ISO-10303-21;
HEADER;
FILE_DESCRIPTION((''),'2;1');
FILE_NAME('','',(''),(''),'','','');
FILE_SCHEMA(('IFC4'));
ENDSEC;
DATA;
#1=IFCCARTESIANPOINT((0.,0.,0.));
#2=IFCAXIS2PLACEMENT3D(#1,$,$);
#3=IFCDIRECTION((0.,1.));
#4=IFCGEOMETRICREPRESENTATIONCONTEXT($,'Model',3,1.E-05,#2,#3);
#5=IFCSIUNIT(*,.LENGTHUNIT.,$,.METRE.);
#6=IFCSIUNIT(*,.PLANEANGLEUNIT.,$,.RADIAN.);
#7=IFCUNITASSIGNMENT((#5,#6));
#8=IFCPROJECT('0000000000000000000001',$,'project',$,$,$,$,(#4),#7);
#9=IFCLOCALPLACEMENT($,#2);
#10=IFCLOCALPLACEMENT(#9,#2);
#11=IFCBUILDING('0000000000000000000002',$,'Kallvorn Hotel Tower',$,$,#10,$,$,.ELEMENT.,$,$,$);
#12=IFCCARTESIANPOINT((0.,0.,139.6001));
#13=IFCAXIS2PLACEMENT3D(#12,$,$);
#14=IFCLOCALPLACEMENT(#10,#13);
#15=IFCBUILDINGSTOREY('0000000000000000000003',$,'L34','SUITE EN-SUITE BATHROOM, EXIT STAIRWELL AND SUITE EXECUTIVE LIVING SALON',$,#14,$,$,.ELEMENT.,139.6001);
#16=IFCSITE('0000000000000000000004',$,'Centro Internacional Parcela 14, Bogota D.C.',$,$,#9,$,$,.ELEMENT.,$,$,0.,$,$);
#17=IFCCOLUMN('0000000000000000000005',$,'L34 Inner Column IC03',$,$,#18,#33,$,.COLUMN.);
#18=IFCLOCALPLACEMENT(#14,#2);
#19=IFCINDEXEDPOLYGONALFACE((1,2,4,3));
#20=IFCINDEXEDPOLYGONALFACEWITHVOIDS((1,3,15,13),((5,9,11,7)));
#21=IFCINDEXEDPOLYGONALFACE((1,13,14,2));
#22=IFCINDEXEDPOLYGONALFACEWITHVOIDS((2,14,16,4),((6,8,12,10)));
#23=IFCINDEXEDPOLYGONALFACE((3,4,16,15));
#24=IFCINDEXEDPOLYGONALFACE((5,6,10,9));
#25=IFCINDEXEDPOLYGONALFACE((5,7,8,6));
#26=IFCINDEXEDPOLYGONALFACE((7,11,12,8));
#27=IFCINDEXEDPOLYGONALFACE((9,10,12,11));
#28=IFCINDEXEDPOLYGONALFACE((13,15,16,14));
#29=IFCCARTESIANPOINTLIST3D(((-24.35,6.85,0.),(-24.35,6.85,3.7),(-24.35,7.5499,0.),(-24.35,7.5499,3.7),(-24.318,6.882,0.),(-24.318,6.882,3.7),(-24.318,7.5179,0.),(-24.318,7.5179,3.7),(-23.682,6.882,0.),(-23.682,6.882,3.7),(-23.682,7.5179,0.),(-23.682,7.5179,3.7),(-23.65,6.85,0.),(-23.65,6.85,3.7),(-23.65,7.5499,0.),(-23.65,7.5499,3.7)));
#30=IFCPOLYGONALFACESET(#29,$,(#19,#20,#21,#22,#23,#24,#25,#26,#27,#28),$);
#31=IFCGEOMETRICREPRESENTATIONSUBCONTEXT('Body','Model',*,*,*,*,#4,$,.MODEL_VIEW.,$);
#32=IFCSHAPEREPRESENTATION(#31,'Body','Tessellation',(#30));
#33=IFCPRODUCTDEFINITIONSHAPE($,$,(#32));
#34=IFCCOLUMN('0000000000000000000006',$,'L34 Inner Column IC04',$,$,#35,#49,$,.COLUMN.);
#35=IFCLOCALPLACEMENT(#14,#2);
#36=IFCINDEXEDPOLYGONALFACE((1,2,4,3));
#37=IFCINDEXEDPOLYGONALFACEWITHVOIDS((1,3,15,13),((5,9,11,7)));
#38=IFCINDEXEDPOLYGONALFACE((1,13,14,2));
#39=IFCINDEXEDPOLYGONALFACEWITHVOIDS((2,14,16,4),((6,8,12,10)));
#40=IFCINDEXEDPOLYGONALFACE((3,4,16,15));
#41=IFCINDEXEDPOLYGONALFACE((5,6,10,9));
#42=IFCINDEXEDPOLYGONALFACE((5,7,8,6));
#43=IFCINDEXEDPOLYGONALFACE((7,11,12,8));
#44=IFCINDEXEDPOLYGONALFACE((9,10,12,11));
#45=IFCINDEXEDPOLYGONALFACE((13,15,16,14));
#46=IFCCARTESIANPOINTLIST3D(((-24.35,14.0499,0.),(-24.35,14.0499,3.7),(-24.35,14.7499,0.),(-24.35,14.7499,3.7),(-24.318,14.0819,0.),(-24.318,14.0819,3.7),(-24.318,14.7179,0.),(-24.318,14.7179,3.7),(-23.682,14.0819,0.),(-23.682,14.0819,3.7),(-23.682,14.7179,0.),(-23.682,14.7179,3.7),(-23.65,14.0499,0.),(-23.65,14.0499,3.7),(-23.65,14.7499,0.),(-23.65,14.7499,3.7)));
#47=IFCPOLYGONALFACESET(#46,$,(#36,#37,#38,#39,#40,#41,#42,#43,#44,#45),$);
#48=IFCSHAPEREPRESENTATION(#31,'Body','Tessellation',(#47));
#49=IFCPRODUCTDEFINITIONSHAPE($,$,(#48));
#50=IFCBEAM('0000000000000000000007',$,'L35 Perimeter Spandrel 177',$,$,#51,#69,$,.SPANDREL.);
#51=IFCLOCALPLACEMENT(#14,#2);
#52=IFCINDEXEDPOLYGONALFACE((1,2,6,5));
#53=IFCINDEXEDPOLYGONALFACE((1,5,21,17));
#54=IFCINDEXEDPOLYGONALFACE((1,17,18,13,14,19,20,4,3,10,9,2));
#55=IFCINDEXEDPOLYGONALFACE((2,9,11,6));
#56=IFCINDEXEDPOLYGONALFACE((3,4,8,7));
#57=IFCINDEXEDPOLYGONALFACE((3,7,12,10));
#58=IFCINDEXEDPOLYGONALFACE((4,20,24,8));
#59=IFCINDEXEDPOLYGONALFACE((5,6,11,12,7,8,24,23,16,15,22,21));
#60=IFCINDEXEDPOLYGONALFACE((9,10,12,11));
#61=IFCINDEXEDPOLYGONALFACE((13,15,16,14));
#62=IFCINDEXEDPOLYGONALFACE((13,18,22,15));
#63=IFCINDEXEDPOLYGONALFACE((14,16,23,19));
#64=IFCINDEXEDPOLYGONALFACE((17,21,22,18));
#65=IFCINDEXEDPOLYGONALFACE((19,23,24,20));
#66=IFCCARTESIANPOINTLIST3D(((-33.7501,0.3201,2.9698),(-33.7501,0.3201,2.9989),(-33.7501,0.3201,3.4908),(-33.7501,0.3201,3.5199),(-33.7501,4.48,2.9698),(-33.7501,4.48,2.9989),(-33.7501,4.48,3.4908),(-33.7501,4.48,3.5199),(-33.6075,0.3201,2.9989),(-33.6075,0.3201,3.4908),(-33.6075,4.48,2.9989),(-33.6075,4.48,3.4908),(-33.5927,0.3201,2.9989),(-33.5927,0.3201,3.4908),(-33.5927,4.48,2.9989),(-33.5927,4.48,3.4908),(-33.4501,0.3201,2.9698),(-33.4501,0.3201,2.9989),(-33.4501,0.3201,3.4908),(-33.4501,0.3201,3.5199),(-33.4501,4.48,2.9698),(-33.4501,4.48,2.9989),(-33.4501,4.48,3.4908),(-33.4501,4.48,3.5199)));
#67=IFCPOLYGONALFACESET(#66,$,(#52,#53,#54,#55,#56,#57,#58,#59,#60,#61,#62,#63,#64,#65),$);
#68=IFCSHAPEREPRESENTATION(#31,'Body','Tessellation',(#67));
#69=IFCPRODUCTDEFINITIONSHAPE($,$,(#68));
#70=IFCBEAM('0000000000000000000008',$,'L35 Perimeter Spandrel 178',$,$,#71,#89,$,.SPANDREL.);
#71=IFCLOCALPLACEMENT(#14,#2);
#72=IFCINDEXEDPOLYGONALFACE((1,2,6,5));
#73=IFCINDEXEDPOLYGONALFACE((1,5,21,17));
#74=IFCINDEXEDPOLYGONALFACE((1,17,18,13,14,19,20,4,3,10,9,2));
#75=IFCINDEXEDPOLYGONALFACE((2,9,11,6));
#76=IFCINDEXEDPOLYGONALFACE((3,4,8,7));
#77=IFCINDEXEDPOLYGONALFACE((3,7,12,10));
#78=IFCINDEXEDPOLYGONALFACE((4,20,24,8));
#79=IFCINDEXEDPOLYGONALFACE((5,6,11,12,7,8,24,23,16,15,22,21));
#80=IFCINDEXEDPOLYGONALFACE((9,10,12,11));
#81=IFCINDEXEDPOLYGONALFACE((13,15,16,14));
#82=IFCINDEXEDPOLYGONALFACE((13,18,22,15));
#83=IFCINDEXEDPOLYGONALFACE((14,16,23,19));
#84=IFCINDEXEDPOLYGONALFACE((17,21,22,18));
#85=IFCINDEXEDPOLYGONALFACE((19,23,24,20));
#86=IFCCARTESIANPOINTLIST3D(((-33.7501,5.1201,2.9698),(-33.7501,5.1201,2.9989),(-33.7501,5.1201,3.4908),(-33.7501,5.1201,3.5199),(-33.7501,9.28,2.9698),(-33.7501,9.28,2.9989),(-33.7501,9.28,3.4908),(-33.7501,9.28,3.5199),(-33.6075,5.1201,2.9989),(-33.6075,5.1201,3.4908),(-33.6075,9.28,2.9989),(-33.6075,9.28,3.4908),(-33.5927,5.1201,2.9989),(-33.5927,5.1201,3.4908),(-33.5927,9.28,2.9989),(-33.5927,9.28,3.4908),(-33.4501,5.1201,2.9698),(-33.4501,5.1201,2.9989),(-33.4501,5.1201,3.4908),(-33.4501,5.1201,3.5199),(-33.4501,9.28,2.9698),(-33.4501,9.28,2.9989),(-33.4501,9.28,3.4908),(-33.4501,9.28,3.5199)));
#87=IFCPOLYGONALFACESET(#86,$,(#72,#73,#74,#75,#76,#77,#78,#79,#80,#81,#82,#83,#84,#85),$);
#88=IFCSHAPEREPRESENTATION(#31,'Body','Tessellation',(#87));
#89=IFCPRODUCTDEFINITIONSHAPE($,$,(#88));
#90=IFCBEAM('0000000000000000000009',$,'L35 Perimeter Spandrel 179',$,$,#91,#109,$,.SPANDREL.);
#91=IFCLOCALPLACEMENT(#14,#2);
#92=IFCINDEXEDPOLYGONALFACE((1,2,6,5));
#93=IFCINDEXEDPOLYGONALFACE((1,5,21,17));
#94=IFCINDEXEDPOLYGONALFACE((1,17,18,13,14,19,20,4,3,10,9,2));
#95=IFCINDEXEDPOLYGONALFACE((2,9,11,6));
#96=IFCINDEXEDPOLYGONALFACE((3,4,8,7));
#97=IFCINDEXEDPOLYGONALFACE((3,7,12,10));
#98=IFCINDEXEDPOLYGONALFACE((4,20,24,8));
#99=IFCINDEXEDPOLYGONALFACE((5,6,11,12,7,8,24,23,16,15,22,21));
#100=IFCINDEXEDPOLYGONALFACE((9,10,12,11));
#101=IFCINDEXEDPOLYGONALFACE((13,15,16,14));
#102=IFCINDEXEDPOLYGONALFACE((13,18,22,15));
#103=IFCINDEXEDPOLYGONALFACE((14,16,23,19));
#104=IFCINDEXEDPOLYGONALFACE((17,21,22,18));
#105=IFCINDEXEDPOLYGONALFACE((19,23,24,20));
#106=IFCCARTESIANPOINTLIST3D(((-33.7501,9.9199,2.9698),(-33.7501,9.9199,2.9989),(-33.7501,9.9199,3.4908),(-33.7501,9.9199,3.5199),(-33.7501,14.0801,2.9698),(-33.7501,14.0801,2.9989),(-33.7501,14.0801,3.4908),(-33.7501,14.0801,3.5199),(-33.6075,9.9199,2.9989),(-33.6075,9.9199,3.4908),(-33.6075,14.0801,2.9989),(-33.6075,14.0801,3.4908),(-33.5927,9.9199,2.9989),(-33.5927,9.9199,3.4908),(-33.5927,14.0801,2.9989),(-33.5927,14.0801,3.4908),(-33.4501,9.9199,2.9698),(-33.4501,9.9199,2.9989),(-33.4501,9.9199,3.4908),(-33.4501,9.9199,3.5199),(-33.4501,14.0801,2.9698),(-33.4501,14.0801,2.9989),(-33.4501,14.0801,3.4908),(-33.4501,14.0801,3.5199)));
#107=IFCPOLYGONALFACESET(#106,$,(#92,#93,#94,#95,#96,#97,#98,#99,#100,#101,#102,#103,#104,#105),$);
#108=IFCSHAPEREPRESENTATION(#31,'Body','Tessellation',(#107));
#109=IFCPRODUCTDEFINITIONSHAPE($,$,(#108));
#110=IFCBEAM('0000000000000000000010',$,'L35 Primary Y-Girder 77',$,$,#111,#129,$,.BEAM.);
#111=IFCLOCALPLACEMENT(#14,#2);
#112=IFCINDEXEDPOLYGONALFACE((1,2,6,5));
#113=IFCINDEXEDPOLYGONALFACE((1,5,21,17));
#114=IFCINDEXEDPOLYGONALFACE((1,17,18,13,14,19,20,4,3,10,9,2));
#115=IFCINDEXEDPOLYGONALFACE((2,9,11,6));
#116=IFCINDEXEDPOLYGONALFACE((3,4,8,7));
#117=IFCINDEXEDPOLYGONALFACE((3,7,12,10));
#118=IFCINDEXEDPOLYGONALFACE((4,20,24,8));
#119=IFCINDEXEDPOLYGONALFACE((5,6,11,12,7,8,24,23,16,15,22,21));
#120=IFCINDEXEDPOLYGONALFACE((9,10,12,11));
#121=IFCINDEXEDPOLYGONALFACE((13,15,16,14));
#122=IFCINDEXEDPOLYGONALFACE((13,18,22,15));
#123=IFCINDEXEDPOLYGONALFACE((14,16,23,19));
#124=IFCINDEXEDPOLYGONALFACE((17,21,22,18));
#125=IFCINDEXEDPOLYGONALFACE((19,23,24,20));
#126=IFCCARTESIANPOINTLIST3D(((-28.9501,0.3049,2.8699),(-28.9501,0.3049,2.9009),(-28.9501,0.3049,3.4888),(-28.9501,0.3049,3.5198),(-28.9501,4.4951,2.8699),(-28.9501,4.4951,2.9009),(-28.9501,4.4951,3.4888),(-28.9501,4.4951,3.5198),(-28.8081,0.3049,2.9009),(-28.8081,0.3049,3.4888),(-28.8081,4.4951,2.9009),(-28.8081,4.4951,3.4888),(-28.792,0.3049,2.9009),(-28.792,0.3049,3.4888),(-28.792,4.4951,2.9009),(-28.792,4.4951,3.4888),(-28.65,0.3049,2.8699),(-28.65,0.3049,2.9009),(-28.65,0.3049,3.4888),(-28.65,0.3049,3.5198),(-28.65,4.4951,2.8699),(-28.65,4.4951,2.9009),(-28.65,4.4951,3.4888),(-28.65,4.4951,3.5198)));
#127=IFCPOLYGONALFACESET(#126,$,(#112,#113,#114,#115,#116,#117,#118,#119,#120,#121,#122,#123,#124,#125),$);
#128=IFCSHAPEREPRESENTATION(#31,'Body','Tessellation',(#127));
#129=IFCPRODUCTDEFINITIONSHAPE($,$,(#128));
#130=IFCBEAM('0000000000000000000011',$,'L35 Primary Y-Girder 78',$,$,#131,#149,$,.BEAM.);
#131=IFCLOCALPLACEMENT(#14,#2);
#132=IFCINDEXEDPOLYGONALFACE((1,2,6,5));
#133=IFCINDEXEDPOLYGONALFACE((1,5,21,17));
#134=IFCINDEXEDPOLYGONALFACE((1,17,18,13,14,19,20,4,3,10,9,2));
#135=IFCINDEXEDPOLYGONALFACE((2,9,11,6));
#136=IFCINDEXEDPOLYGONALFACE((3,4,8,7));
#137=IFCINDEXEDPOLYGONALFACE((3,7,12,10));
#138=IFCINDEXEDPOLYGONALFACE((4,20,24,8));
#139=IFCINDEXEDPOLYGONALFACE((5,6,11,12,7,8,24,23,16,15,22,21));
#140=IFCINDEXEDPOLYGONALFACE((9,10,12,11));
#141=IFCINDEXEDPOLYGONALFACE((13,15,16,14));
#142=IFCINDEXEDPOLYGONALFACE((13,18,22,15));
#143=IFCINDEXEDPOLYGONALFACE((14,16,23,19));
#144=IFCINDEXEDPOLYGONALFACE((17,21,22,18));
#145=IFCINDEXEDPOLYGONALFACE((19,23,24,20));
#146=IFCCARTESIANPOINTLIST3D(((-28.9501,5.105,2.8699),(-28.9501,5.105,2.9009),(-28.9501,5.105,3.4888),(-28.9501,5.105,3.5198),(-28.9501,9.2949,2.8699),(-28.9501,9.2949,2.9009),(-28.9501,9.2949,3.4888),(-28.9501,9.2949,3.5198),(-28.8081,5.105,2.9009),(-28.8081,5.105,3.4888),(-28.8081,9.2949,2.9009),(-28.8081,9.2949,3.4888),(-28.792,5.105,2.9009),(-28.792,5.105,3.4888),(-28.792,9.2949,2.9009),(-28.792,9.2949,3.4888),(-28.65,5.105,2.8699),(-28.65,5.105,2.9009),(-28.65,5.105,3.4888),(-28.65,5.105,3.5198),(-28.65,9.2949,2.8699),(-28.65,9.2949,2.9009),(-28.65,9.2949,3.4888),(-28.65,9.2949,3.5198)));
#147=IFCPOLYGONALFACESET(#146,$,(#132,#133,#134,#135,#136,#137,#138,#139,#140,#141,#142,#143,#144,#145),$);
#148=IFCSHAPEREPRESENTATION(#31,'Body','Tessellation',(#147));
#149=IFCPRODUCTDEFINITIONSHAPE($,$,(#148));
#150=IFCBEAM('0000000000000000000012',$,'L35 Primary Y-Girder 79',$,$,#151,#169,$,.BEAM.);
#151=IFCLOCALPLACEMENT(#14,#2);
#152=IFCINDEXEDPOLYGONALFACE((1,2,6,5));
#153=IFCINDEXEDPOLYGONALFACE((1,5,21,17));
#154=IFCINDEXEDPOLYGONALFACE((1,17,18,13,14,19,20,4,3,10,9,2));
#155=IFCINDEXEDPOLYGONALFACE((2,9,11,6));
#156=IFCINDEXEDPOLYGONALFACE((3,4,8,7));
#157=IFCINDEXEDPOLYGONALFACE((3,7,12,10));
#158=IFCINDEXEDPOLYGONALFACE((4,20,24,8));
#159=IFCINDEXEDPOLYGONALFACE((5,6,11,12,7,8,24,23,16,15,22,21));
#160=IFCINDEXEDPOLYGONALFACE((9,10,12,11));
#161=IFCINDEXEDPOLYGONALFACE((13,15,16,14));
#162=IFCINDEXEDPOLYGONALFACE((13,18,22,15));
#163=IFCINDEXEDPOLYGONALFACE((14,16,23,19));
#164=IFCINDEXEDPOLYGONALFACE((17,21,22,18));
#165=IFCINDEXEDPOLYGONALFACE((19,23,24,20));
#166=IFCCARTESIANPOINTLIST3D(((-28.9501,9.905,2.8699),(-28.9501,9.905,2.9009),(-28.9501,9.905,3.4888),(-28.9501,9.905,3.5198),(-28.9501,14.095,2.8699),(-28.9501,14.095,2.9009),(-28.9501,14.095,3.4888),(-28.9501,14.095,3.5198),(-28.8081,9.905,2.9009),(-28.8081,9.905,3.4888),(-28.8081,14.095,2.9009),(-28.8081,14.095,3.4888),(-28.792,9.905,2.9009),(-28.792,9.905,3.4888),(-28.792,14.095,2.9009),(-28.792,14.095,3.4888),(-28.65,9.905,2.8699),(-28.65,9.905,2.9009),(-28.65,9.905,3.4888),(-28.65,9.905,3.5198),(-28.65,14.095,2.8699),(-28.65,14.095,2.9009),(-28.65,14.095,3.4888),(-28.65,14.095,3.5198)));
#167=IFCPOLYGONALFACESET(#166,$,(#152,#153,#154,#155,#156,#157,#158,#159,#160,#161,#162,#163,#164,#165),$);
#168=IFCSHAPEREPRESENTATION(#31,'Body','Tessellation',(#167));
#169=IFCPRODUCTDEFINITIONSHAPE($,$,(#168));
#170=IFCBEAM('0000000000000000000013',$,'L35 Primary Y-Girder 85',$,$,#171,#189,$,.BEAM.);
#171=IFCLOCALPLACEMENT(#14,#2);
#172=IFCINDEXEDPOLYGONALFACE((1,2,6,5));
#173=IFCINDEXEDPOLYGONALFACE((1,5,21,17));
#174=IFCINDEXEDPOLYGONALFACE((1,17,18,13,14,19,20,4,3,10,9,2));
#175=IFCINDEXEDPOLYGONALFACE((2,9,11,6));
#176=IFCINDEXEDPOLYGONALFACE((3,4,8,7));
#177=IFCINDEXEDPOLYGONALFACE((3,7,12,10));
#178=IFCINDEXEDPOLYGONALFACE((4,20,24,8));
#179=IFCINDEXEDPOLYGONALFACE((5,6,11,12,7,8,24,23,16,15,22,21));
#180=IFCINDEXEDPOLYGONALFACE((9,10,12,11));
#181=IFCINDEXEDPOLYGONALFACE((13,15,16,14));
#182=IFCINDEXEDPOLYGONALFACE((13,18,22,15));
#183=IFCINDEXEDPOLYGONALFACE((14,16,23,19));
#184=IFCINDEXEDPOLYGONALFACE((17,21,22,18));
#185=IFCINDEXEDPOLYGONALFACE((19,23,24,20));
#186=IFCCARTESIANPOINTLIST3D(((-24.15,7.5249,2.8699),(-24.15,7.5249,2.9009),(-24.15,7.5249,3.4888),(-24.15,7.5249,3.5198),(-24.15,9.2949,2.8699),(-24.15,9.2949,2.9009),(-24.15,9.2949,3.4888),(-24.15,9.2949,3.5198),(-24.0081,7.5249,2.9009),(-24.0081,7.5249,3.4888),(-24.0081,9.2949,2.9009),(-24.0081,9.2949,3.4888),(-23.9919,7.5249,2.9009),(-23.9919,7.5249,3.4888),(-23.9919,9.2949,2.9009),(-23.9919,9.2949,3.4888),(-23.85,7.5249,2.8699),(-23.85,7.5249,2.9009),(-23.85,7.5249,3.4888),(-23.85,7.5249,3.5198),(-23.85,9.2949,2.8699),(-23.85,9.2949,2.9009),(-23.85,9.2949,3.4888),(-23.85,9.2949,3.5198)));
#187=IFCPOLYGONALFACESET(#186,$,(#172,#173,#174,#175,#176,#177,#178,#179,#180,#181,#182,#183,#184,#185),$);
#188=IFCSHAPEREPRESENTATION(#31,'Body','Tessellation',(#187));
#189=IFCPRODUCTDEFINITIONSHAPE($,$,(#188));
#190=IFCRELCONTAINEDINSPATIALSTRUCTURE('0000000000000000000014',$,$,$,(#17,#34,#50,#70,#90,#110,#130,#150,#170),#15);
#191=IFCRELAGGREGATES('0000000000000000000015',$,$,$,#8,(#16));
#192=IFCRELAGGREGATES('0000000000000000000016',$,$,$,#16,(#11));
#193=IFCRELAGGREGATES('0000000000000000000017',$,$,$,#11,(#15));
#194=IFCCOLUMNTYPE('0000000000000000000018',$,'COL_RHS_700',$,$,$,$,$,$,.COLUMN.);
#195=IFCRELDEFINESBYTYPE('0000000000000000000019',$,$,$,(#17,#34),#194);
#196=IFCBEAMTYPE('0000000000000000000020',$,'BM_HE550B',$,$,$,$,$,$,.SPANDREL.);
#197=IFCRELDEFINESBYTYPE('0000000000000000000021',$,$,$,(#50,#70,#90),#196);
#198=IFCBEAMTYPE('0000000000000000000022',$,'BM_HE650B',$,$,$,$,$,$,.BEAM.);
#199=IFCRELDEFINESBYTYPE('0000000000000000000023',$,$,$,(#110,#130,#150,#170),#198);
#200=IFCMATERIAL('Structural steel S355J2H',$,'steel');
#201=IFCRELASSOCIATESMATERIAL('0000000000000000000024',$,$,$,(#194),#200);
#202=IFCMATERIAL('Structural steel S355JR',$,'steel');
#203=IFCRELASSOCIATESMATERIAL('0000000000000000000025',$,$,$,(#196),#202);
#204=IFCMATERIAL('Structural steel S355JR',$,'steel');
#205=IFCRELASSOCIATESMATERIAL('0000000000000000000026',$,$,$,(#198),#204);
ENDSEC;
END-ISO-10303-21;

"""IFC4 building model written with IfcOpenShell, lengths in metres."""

from ifc_helpers import new_model, si_unit, direction, frame, origin, origin_2d, place, context, subcontext, project, spatial, hollow_rectangle, i_section, extrude, material, material_profile, profile_set, type_object, element, save


model = new_model("IFC4")

# Units and contexts
model_context = context("Model", 3, precision=1e-05, world=origin(), true_north=direction((0.0, 1.0)))
body_context = subcontext(model_context, "Body", "Model", "MODEL_VIEW")
ifc_project = project(units=[si_unit("LENGTHUNIT", "METRE"), si_unit("PLANEANGLEUNIT", "RADIAN")], contexts=[model_context])

# Site, building, storey
site_placement = place(None, origin())
site = spatial("IfcSite", under=ifc_project, at=site_placement, Name="Centro Internacional Parcela 14, Bogota D.C.", CompositionType="ELEMENT", RefElevation=0.0)
building_placement = place(site_placement, origin())
building = spatial("IfcBuilding", under=site, at=building_placement, Name="Kallvorn Hotel Tower", CompositionType="ELEMENT")
storey_placement = place(building_placement, frame((0.0, 0.0, 139.6001)))
storey = spatial("IfcBuildingStorey", under=building, at=storey_placement, Name="L34", Description="SUITE EN-SUITE BATHROOM, EXIT STAIRWELL AND SUITE EXECUTIVE LIVING SALON", CompositionType="ELEMENT", Elevation=139.6001)

# Columns
ifc_material_1 = material(Name="Structural steel S355J2H", Category="steel")
ifc_material_profile_1 = material_profile(ifc_material_1, hollow_rectangle(XDim=0.7, YDim=0.7, WallThickness=0.032, at=origin_2d()), Name="RHS 700x700x32")
ifc_profile_set_1 = profile_set([ifc_material_profile_1], Name="Structural steel S355J2H")
column_type_1 = type_object("IfcColumnType", Name="COL_RHS_700", PredefinedType="COLUMN", material=ifc_profile_set_1)
for number, where, z_axis, x_axis, name in (
    (1, (-24.0, 7.2, 0.0), (0.0, 0.0, 1.0), (1.0, 0.0, 0.0), "L34 Inner Column IC03"),
    (2, (-24.0, 14.3999, 0.0), (0.0, 0.0, 1.0), (1.0, 0.0, 0.0), "L34 Inner Column IC04"),
):
    element("IfcColumn", number, at=place(storey_placement, frame(where, z_axis=z_axis, x_axis=x_axis)), inside=storey, type_object=column_type_1, Name=name, PredefinedType="COLUMN", context=body_context, shape_type="SweptSolid", body=[
        extrude(hollow_rectangle(XDim=0.7, YDim=0.7, WallThickness=0.032, at=origin_2d()), origin(), (0.0, 0.0, 1.0), 3.7),
    ])

# Beams
ifc_material_2 = material(Name="Structural steel S355JR", Category="steel")
ifc_material_profile_2 = material_profile(ifc_material_2, i_section(OverallWidth=0.3, OverallDepth=0.55, WebThickness=0.0149, FlangeThickness=0.0291, at=origin_2d()), Name="HE 550 B")
ifc_profile_set_2 = profile_set([ifc_material_profile_2], Name="Structural steel S355JR")
beam_type_1 = type_object("IfcBeamType", Name="BM_HE550B", PredefinedType="SPANDREL", material=ifc_profile_set_2)
for number, where, z_axis, x_axis, name in (
    (3, (-33.6001, 0.3201, 3.2449), (0.0, 1.0, 0.0), (-1.0, 0.0, 0.0), "L35 Perimeter Spandrel 177"),
    (4, (-33.6001, 5.1201, 3.2449), (0.0, 1.0, 0.0), (-1.0, 0.0, 0.0), "L35 Perimeter Spandrel 178"),
):
    element("IfcBeam", number, at=place(storey_placement, frame(where, z_axis=z_axis, x_axis=x_axis)), inside=storey, type_object=beam_type_1, Name=name, PredefinedType="SPANDREL", context=body_context, shape_type="SweptSolid", body=[
        extrude(i_section(OverallWidth=0.3, OverallDepth=0.55, WebThickness=0.0149, FlangeThickness=0.0291, at=origin_2d()), origin(), (0.0, 0.0, 1.0), 4.1599),
    ])
beam_1_placement = place(storey_placement, frame((-33.6001, 9.9199, 3.2449), z_axis=(0.0, 1.0, 0.0), x_axis=(-1.0, 0.0, 0.0)))
element("IfcBeam", 5, at=beam_1_placement, inside=storey, type_object=beam_type_1, Name="L35 Perimeter Spandrel 179", PredefinedType="SPANDREL", context=body_context, shape_type="SweptSolid", body=[
    extrude(i_section(OverallWidth=0.3, OverallDepth=0.55, WebThickness=0.0149, FlangeThickness=0.0291, at=origin_2d()), origin(), (0.0, 0.0, 1.0), 4.1602),
])
ifc_material_3 = material(Name="Structural steel S355JR", Category="steel")
ifc_material_profile_3 = material_profile(ifc_material_3, i_section(OverallWidth=0.3, OverallDepth=0.6499, WebThickness=0.0161, FlangeThickness=0.031, at=origin_2d()), Name="HE 650 B")
ifc_profile_set_3 = profile_set([ifc_material_profile_3], Name="Structural steel S355JR")
beam_type_2 = type_object("IfcBeamType", Name="BM_HE650B", PredefinedType="BEAM", material=ifc_profile_set_3)
beam_2_placement = place(storey_placement, frame((-28.8, 0.3049, 3.1948), z_axis=(0.0, 1.0, 0.0), x_axis=(-1.0, 0.0, 0.0)))
element("IfcBeam", 6, at=beam_2_placement, inside=storey, type_object=beam_type_2, Name="L35 Primary Y-Girder 77", PredefinedType="BEAM", context=body_context, shape_type="SweptSolid", body=[
    extrude(i_section(OverallWidth=0.3, OverallDepth=0.6499, WebThickness=0.0161, FlangeThickness=0.031, at=origin_2d()), origin(), (0.0, 0.0, 1.0), 4.1902),
])
for number, where, z_axis, x_axis, name in (
    (7, (-28.8, 5.105, 3.1948), (0.0, 1.0, 0.0), (-1.0, 0.0, 0.0), "L35 Primary Y-Girder 78"),
    (8, (-28.8, 9.905, 3.1948), (0.0, 1.0, 0.0), (-1.0, 0.0, 0.0), "L35 Primary Y-Girder 79"),
):
    element("IfcBeam", number, at=place(storey_placement, frame(where, z_axis=z_axis, x_axis=x_axis)), inside=storey, type_object=beam_type_2, Name=name, PredefinedType="BEAM", context=body_context, shape_type="SweptSolid", body=[
        extrude(i_section(OverallWidth=0.3, OverallDepth=0.6499, WebThickness=0.0161, FlangeThickness=0.031, at=origin_2d()), origin(), (0.0, 0.0, 1.0), 4.1899),
    ])
beam_3_placement = place(storey_placement, frame((-24.0, 7.5249, 3.1948), z_axis=(0.0, 1.0, 0.0), x_axis=(-1.0, 0.0, 0.0)))
element("IfcBeam", 9, at=beam_3_placement, inside=storey, type_object=beam_type_2, Name="L35 Primary Y-Girder 85", PredefinedType="BEAM", context=body_context, shape_type="SweptSolid", body=[
    extrude(i_section(OverallWidth=0.3, OverallDepth=0.6499, WebThickness=0.0161, FlangeThickness=0.031, at=origin_2d()), origin(), (0.0, 0.0, 1.0), 1.77),
])

save(model, "model.ifc")
